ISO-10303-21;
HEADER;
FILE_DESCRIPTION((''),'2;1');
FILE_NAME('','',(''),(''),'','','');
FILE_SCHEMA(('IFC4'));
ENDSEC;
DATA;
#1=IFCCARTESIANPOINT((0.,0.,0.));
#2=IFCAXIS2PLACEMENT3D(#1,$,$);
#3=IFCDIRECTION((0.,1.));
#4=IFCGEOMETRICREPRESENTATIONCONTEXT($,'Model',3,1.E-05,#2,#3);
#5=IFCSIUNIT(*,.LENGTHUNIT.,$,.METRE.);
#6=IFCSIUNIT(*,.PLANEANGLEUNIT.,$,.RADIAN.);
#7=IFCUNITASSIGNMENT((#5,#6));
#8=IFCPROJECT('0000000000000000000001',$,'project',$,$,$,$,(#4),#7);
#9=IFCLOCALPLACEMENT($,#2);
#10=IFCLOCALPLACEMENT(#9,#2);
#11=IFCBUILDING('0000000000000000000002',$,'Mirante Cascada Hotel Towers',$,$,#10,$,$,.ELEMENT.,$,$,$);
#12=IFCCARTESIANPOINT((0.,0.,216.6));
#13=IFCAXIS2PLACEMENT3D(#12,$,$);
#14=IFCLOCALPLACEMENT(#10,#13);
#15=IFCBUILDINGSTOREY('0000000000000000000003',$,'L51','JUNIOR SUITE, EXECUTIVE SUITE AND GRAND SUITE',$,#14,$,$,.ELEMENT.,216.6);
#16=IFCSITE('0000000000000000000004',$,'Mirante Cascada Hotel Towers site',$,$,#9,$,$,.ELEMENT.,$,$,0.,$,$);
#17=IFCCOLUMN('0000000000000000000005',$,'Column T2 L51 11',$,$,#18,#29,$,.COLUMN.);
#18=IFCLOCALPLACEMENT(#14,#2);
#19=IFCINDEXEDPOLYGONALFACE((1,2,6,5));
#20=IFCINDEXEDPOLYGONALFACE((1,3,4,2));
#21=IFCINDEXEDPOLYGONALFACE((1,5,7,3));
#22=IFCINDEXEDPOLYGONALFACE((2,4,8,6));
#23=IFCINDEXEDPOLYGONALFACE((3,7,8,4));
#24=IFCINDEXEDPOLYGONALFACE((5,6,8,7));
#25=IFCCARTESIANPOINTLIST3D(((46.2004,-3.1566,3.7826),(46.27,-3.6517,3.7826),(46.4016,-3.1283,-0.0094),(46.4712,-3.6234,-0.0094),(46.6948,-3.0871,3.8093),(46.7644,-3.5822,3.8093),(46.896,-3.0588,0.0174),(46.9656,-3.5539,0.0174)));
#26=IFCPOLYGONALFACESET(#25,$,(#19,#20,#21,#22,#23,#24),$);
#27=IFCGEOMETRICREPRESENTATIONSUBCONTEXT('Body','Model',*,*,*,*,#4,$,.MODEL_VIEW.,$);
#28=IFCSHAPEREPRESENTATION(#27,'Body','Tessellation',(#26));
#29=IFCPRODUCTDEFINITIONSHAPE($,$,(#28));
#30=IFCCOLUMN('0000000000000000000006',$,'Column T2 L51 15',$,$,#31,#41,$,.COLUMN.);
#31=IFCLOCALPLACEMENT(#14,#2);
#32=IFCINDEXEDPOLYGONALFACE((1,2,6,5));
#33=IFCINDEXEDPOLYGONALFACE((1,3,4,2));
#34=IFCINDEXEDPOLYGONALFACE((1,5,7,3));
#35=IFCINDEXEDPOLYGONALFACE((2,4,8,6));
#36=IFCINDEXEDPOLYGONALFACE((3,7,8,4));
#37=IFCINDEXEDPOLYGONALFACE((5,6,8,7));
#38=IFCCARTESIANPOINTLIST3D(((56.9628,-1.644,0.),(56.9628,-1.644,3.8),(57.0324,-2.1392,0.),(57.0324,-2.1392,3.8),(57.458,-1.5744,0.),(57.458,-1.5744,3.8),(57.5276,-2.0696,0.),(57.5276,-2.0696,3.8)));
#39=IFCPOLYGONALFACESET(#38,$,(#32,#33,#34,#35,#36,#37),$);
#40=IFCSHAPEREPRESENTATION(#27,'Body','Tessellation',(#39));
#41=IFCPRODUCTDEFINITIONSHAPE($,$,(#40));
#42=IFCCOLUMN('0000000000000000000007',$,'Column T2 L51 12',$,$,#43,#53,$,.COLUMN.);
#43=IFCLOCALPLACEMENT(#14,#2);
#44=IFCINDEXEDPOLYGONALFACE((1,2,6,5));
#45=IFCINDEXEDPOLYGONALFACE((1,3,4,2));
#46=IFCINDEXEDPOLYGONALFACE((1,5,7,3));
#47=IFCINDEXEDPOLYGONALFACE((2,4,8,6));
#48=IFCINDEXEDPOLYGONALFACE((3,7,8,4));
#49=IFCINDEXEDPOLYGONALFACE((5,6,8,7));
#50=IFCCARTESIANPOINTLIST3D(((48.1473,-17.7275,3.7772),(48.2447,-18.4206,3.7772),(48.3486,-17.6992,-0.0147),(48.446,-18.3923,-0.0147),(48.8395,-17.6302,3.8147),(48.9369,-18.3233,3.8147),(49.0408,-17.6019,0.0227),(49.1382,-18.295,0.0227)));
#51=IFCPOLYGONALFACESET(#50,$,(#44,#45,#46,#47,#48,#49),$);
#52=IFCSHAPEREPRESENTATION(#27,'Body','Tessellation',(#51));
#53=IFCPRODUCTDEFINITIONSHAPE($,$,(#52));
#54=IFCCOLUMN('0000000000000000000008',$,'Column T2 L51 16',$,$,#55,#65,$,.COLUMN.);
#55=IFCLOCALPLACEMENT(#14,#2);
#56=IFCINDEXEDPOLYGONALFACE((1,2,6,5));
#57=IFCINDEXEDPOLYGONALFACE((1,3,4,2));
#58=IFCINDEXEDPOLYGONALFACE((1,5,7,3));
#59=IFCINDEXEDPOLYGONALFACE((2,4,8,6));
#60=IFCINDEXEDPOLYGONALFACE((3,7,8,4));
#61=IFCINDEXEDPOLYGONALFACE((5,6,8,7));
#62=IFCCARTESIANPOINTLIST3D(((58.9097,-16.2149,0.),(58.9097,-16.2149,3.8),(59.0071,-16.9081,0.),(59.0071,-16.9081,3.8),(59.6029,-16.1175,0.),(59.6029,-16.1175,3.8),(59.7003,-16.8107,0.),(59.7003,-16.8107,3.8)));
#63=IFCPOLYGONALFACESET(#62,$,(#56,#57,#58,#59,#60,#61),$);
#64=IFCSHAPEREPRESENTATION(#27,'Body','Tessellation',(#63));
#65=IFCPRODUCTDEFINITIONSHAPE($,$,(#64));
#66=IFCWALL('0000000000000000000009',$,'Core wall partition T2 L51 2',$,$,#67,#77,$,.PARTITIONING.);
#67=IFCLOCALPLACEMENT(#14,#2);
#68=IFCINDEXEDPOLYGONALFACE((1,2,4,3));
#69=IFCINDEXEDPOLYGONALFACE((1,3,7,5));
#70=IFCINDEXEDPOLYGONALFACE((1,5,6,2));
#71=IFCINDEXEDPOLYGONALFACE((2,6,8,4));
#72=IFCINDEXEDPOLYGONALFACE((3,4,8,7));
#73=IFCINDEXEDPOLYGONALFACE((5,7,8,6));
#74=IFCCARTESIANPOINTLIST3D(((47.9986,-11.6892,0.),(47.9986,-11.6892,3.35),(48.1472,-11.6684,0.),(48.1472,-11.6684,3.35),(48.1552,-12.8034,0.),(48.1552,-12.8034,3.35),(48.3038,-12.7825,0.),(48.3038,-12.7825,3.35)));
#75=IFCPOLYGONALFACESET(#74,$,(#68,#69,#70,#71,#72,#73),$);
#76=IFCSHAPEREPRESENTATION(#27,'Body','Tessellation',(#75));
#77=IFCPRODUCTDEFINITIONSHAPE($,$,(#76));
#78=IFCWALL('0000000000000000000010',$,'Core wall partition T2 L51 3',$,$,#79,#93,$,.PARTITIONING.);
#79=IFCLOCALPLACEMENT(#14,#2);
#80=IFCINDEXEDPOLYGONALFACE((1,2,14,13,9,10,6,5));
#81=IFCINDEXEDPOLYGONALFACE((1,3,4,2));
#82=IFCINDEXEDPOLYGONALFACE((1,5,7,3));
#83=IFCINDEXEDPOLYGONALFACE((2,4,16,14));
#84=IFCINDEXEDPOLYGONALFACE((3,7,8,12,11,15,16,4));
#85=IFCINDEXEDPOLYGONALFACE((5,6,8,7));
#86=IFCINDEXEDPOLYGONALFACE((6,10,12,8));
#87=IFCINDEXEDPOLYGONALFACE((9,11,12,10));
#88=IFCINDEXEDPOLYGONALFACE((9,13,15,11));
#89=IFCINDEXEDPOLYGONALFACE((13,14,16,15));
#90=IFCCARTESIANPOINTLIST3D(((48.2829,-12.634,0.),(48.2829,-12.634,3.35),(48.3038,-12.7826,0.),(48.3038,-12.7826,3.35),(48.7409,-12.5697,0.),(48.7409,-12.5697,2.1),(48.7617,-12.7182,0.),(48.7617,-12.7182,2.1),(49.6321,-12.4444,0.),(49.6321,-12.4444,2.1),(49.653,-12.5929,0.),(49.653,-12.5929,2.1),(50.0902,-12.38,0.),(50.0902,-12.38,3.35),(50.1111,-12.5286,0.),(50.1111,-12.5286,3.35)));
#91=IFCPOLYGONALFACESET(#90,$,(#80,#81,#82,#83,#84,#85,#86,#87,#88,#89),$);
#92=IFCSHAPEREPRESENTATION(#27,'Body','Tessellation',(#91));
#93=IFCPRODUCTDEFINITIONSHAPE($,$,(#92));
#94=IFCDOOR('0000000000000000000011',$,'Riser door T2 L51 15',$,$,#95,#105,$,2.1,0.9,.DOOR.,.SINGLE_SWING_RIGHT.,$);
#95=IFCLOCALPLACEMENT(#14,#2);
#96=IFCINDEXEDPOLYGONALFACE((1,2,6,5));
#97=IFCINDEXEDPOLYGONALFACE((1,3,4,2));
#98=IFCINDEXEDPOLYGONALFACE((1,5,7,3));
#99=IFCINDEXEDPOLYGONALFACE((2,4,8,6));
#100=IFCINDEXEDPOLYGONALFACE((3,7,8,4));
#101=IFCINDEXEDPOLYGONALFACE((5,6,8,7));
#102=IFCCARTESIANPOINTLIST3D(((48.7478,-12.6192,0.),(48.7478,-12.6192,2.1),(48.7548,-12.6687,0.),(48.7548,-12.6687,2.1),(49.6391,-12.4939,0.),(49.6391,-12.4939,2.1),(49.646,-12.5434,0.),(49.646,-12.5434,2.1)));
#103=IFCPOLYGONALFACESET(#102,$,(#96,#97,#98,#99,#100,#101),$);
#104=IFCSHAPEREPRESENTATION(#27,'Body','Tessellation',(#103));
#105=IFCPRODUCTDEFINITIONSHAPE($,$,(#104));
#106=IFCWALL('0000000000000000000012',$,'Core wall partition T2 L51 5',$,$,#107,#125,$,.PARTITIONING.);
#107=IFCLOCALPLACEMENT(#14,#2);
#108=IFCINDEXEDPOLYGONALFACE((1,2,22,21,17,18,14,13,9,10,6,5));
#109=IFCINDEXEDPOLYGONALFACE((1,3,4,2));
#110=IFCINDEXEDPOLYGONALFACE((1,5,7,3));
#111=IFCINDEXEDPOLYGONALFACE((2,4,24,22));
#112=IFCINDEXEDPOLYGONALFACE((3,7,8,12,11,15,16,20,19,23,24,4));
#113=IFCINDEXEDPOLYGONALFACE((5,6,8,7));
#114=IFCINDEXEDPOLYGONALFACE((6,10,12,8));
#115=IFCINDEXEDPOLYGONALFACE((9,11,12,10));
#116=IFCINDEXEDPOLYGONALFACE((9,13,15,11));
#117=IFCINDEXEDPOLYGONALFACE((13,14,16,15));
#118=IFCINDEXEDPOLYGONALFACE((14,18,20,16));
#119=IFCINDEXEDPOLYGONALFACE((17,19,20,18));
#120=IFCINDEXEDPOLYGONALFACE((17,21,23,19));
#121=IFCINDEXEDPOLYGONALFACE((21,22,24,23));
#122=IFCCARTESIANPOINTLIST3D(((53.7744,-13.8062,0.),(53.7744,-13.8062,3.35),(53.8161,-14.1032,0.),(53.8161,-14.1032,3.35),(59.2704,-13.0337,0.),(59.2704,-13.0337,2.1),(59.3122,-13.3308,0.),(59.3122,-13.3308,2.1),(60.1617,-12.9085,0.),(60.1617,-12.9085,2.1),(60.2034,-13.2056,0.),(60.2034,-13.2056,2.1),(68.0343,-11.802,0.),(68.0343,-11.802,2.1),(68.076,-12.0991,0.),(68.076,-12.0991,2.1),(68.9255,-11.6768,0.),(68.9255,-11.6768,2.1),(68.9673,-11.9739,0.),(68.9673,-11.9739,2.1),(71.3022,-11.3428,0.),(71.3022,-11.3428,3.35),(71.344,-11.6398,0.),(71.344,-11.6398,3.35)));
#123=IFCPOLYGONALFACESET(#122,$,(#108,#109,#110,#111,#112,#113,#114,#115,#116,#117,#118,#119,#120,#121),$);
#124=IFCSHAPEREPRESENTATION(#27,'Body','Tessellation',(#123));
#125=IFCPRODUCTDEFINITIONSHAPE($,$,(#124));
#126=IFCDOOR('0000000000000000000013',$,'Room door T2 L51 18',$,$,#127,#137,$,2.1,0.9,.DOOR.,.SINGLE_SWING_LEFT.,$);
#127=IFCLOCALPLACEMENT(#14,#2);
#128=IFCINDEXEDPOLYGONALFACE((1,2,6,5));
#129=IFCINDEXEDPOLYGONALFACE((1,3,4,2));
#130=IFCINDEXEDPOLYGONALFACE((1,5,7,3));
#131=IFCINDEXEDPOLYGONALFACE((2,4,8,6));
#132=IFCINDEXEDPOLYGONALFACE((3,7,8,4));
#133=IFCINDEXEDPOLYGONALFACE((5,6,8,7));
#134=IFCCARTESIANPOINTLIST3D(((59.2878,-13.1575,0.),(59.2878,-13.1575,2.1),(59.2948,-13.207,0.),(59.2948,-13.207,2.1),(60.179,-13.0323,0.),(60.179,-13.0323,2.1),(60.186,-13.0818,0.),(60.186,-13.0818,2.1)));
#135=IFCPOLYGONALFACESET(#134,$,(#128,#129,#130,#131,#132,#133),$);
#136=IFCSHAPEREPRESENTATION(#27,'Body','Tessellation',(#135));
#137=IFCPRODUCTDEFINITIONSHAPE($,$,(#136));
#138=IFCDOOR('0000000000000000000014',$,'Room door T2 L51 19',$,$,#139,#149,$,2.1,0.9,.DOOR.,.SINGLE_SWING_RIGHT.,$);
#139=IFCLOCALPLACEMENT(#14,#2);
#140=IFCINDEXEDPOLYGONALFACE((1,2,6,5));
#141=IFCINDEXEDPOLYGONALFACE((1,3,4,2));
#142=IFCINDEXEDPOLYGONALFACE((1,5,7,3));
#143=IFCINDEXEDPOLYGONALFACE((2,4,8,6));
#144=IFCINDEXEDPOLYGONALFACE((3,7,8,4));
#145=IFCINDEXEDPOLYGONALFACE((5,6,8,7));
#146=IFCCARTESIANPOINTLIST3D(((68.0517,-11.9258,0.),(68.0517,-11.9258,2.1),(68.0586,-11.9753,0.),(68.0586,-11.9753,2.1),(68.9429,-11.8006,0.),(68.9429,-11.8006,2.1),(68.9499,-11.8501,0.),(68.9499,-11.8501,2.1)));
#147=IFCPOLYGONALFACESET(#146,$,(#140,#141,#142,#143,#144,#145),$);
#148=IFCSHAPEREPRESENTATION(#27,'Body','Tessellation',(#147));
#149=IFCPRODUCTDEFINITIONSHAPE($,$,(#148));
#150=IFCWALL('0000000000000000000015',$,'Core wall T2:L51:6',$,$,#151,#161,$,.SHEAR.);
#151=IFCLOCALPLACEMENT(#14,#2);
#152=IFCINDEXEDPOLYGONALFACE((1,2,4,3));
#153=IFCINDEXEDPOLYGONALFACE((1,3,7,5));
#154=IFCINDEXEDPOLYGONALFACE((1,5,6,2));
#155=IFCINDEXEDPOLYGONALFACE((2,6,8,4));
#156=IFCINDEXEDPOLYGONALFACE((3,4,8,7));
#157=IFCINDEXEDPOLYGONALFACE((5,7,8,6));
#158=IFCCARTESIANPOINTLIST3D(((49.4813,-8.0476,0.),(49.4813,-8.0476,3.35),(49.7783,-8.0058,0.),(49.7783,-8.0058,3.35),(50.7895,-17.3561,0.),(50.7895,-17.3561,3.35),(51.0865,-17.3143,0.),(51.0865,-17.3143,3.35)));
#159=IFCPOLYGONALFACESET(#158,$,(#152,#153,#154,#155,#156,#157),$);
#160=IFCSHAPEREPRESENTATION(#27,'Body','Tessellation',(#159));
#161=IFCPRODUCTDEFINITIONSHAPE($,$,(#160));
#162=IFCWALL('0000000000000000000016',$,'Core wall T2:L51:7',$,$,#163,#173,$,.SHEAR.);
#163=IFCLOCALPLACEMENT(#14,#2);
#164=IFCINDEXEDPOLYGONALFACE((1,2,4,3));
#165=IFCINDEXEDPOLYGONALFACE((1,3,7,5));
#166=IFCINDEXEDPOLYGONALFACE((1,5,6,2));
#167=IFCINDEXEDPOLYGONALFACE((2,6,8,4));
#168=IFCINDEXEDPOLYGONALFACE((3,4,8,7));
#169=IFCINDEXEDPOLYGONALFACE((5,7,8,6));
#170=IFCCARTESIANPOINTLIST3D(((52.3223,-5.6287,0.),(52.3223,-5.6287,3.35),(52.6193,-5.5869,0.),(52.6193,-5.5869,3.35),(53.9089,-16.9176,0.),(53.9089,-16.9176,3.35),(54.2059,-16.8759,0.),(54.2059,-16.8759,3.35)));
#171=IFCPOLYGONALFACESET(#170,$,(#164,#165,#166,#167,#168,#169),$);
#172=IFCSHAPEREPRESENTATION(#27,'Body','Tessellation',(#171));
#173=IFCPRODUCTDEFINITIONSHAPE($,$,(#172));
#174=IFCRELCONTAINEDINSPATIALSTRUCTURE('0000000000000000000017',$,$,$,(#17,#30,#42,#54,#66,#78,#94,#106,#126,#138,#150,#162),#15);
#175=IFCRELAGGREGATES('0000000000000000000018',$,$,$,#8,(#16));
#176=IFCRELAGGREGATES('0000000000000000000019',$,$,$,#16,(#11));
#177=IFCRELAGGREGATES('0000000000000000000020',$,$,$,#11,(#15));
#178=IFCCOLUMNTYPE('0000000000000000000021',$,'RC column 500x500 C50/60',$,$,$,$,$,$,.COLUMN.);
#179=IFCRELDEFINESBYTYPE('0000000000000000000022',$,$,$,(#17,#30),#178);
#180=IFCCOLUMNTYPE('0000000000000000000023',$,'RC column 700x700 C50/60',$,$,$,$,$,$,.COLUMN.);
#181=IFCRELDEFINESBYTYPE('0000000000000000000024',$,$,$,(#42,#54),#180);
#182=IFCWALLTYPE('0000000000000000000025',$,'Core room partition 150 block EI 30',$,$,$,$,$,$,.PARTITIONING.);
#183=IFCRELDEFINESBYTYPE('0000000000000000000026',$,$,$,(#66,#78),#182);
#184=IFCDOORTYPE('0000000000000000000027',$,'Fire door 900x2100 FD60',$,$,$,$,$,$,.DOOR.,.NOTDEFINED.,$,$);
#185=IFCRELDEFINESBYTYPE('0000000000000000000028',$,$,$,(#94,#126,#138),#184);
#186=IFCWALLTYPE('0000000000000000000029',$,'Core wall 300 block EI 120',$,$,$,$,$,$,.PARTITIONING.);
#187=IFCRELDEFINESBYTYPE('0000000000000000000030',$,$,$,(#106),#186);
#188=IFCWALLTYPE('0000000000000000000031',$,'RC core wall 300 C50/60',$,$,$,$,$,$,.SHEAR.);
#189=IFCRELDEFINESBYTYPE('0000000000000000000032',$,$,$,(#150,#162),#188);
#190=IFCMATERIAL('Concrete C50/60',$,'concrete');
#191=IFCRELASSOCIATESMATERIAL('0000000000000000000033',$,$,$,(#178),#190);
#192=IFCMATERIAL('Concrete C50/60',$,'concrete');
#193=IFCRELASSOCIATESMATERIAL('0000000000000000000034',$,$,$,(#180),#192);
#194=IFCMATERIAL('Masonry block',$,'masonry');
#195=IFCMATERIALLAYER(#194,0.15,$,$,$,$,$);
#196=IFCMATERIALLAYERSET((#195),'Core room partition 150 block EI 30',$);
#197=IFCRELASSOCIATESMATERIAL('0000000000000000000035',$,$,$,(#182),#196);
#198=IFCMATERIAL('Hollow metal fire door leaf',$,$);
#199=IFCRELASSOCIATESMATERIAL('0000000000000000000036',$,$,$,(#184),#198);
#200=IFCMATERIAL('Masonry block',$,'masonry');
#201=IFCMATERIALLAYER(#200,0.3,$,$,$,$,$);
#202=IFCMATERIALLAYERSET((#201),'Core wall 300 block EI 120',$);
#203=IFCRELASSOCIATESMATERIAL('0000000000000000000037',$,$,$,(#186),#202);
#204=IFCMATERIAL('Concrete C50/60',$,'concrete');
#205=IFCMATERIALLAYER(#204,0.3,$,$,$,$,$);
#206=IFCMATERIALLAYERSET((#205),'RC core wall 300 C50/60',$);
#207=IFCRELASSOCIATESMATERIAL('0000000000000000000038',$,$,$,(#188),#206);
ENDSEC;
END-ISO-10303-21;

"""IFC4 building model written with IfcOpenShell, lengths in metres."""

from ifc_helpers import new_model, si_unit, direction, frame, frame_2d, origin, origin_2d, place, context, subcontext, project, spatial, rectangle, extrude, material, layer, layer_set, material_profile, profile_set, type_object, element, fill, save


model = new_model("IFC4")

# Units and contexts
model_context = context("Model", 3, precision=1e-05, world=origin(), true_north=direction((0.0, 1.0)))
body_context = subcontext(model_context, "Body", "Model", "MODEL_VIEW")
ifc_project = project(units=[si_unit("LENGTHUNIT", "METRE"), si_unit("PLANEANGLEUNIT", "RADIAN")], contexts=[model_context])

# Site, building, storey
site_placement = place(None, origin())
site = spatial("IfcSite", under=ifc_project, at=site_placement, Name="Mirante Cascada Hotel Towers site", CompositionType="ELEMENT", RefElevation=0.0)
building_placement = place(site_placement, origin())
building = spatial("IfcBuilding", under=site, at=building_placement, Name="Mirante Cascada Hotel Towers", CompositionType="ELEMENT")
storey_placement = place(building_placement, frame((0.0, 0.0, 216.6)))
storey = spatial("IfcBuildingStorey", under=building, at=storey_placement, Name="L51", Description="JUNIOR SUITE, EXECUTIVE SUITE AND GRAND SUITE", CompositionType="ELEMENT", Elevation=216.6)

# Columns
ifc_material_1 = material(Name="Concrete C50/60", Category="concrete")
ifc_material_profile_1 = material_profile(ifc_material_1, rectangle(XDim=0.5, YDim=0.5, at=origin_2d()), Name="RC column 500x500 C50/60")
ifc_profile_set_1 = profile_set([ifc_material_profile_1], Name="Concrete C50/60")
column_type_1 = type_object("IfcColumnType", Name="RC column 500x500 C50/60", PredefinedType="COLUMN", material=ifc_profile_set_1)
column_1_placement = place(storey_placement, frame((46.6836, -3.3411, 0.004), z_axis=(-0.052983, -0.007452, 0.998568), x_axis=(0.139285, -0.990252, 0.0)))
element("IfcColumn", 1, at=column_1_placement, inside=storey, type_object=column_type_1, Name="Column T2 L51 11", PredefinedType="COLUMN", context=body_context, shape_type="SweptSolid", body=[
    extrude(rectangle(XDim=0.5, YDim=0.5, at=origin_2d()), origin(), (0.0, 0.0, 1.0), 3.7974),
])
column_2_placement = place(storey_placement, frame((57.2452, -1.8568, 0.0), z_axis=(0.0, 0.0, 1.0), x_axis=(0.990268, 0.139173, 0.0)))
element("IfcColumn", 2, at=column_2_placement, inside=storey, type_object=column_type_1, Name="Column T2 L51 15", PredefinedType="COLUMN", context=body_context, shape_type="SweptSolid", body=[
    extrude(rectangle(XDim=0.5, YDim=0.5, at=origin_2d()), origin(), (0.0, 0.0, 1.0), 3.8),
])
ifc_material_2 = material(Name="Concrete C50/60", Category="concrete")
ifc_material_profile_2 = material_profile(ifc_material_2, rectangle(XDim=0.7, YDim=0.7, at=origin_2d()), Name="RC column 700x700 C50/60")
ifc_profile_set_2 = profile_set([ifc_material_profile_2], Name="Concrete C50/60")
column_type_2 = type_object("IfcColumnType", Name="RC column 700x700 C50/60", PredefinedType="COLUMN", material=ifc_profile_set_2)
column_3_placement = place(storey_placement, frame((48.7434, -17.9971, 0.004), z_axis=(-0.053009, -0.007452, 0.998566), x_axis=(0.139217, -0.990262, 0.0)))
element("IfcColumn", 3, at=column_3_placement, inside=storey, type_object=column_type_2, Name="Column T2 L51 12", PredefinedType="COLUMN", context=body_context, shape_type="SweptSolid", body=[
    extrude(rectangle(XDim=0.7, YDim=0.7, at=origin_2d()), origin(), (0.0, 0.0, 1.0), 3.7974),
])
column_4_placement = place(storey_placement, frame((59.305, -16.5128, 0.0), z_axis=(0.0, 0.0, 1.0), x_axis=(0.990268, 0.139173, 0.0)))
element("IfcColumn", 4, at=column_4_placement, inside=storey, type_object=column_type_2, Name="Column T2 L51 16", PredefinedType="COLUMN", context=body_context, shape_type="SweptSolid", body=[
    extrude(rectangle(XDim=0.7, YDim=0.7, at=origin_2d()), origin(), (0.0, 0.0, 1.0), 3.8),
])

# Wall
ifc_material_3 = material(Name="Masonry block", Category="masonry")
ifc_layer_1 = layer(ifc_material_3, 0.15)
ifc_layer_set_1 = layer_set([ifc_layer_1], Name="Core room partition 150 block EI 30")
wall_type_1 = type_object("IfcWallType", Name="Core room partition 150 block EI 30", PredefinedType="PARTITIONING", material=ifc_layer_set_1)
wall_1_placement = place(storey_placement, frame((48.2295, -12.793, 0.0), z_axis=(0.0, 0.0, 1.0), x_axis=(-0.139193, 0.990265, 0.0)))
element("IfcWall", 5, at=wall_1_placement, inside=storey, type_object=wall_type_1, Name="Core wall partition T2 L51 2", PredefinedType="PARTITIONING", context=body_context, shape_type="SweptSolid", body=[
    extrude(rectangle(XDim=1.1251, YDim=0.15, at=frame_2d((0.5626, 0.0))), origin(), (0.0, 0.0, 1.0), 3.35),
])

# Wall, opening, door
wall_2_placement = place(storey_placement, frame((48.2933, -12.7083, 0.0), z_axis=(0.0, 0.0, 1.0), x_axis=(0.990268, 0.139173, 0.0)))
wall_2 = element("IfcWall", 6, at=wall_2_placement, inside=storey, type_object=wall_type_1, Name="Core wall partition T2 L51 3", PredefinedType="PARTITIONING", context=body_context, shape_type="SweptSolid", body=[
    extrude(rectangle(XDim=1.8251, YDim=0.15, at=frame_2d((0.9126, 0.0))), origin(), (0.0, 0.0, 1.0), 3.35),
])
opening_1_placement = place(wall_2_placement, frame((0.4625, 0.0, 0.0)))
opening_1 = element("IfcOpeningElement", 7, at=opening_1_placement, cuts=wall_2, PredefinedType="OPENING", context=body_context, shape_type="SweptSolid", body=[
    extrude(rectangle(XDim=0.9, YDim=2.1, at=frame_2d((0.45, 1.05))), frame((0.0, 0.075, 0.0), z_axis=(0.0, -1.0, 0.0), x_axis=(1.0, 0.0, 0.0)), (0.0, 0.0, 1.0), 0.15),
])
ifc_material_4 = material(Name="Hollow metal fire door leaf")
door_type_1 = type_object("IfcDoorType", Name="Fire door 900x2100 FD60", OperationType="NOTDEFINED", PredefinedType="DOOR", material=ifc_material_4)
door_1_placement = place(opening_1_placement, frame((0.9, 0.0, 0.0), z_axis=(0.0, 0.0, 1.0), x_axis=(-1.0, 0.0, 0.0)))
door_1 = element("IfcDoor", 8, at=door_1_placement, inside=storey, type_object=door_type_1, Name="Riser door T2 L51 15", OperationType="SINGLE_SWING_RIGHT", OverallHeight=2.1, OverallWidth=0.9, PredefinedType="DOOR", context=body_context, shape_type="SweptSolid", body=[
    extrude(rectangle(XDim=0.9, YDim=2.1, at=frame_2d((0.45, 1.05))), frame((0.0, 0.025, 0.0), z_axis=(0.0, -1.0, 0.0), x_axis=(1.0, 0.0, 0.0)), (0.0, 0.0, 1.0), 0.05),
])
fill(opening_1, door_1)

# Wall, openings, doors
ifc_material_5 = material(Name="Masonry block", Category="masonry")
ifc_layer_2 = layer(ifc_material_5, 0.3)
ifc_layer_set_2 = layer_set([ifc_layer_2], Name="Core wall 300 block EI 120")
wall_type_2 = type_object("IfcWallType", Name="Core wall 300 block EI 120", PredefinedType="PARTITIONING", material=ifc_layer_set_2)
wall_3_placement = place(storey_placement, frame((53.7953, -13.9547, 0.0), z_axis=(0.0, 0.0, 1.0), x_axis=(0.990268, 0.139175, 0.0)))
wall_3 = element("IfcWall", 9, at=wall_3_placement, inside=storey, type_object=wall_type_2, Name="Core wall partition T2 L51 5", PredefinedType="PARTITIONING", context=body_context, shape_type="SweptSolid", body=[
    extrude(rectangle(XDim=17.7001, YDim=0.3, at=frame_2d((8.85, 0.0))), origin(), (0.0, 0.0, 1.0), 3.35),
])
opening_2_placement = place(wall_3_placement, frame((5.55, 0.0, 0.0)))
opening_2 = element("IfcOpeningElement", 10, at=opening_2_placement, cuts=wall_3, PredefinedType="OPENING", context=body_context, shape_type="SweptSolid", body=[
    extrude(rectangle(XDim=0.9, YDim=2.1, at=frame_2d((0.45, 1.05))), frame((0.0, 0.15, 0.0), z_axis=(0.0, -1.0, 0.0), x_axis=(1.0, 0.0, 0.0)), (0.0, 0.0, 1.0), 0.3),
])
opening_3_placement = place(wall_3_placement, frame((14.4, 0.0, 0.0)))
opening_3 = element("IfcOpeningElement", 11, at=opening_3_placement, cuts=wall_3, PredefinedType="OPENING", context=body_context, shape_type="SweptSolid", body=[
    extrude(rectangle(XDim=0.9, YDim=2.1, at=frame_2d((0.45, 1.05))), frame((0.0, 0.15, 0.0), z_axis=(0.0, -1.0, 0.0), x_axis=(1.0, 0.0, 0.0)), (0.0, 0.0, 1.0), 0.3),
])
door_2_placement = place(opening_2_placement, frame((0.9, 0.0, 0.0), z_axis=(0.0, 0.0, 1.0), x_axis=(-1.0, 0.0, 0.0)))
door_2 = element("IfcDoor", 12, at=door_2_placement, inside=storey, type_object=door_type_1, Name="Room door T2 L51 18", OperationType="SINGLE_SWING_LEFT", OverallHeight=2.1, OverallWidth=0.9, PredefinedType="DOOR", context=body_context, shape_type="SweptSolid", body=[
    extrude(rectangle(XDim=0.9, YDim=2.1, at=frame_2d((0.45, 1.05))), frame((0.0, 0.025, 0.0), z_axis=(0.0, -1.0, 0.0), x_axis=(1.0, 0.0, 0.0)), (0.0, 0.0, 1.0), 0.05),
])
fill(opening_2, door_2)
door_3_placement = place(opening_3_placement, frame((0.9, 0.0, 0.0), z_axis=(0.0, 0.0, 1.0), x_axis=(-1.0, 0.0, 0.0)))
door_3 = element("IfcDoor", 13, at=door_3_placement, inside=storey, type_object=door_type_1, Name="Room door T2 L51 19", OperationType="SINGLE_SWING_RIGHT", OverallHeight=2.1, OverallWidth=0.9, PredefinedType="DOOR", context=body_context, shape_type="SweptSolid", body=[
    extrude(rectangle(XDim=0.9, YDim=2.1, at=frame_2d((0.45, 1.05))), frame((0.0, 0.025, 0.0), z_axis=(0.0, -1.0, 0.0), x_axis=(1.0, 0.0, 0.0)), (0.0, 0.0, 1.0), 0.05),
])
fill(opening_3, door_3)

# Walls
ifc_material_6 = material(Name="Concrete C50/60", Category="concrete")
ifc_layer_3 = layer(ifc_material_6, 0.3)
ifc_layer_set_3 = layer_set([ifc_layer_3], Name="RC core wall 300 C50/60")
wall_type_3 = type_object("IfcWallType", Name="RC core wall 300 C50/60", PredefinedType="SHEAR", material=ifc_layer_set_3)
wall_4_placement = place(storey_placement, frame((50.938, -17.3352, 0.0), z_axis=(0.0, 0.0, 1.0), x_axis=(-0.139171, 0.990268, 0.0)))
element("IfcWall", 14, at=wall_4_placement, inside=storey, type_object=wall_type_3, Name="Core wall T2:L51:6", PredefinedType="SHEAR", context=body_context, shape_type="SweptSolid", body=[
    extrude(rectangle(XDim=9.4, YDim=0.3, at=frame_2d((4.7, 0.0))), origin(), (0.0, 0.0, 1.0), 3.35),
])
wall_5_placement = place(storey_placement, frame((54.0574, -16.8968, 0.0), z_axis=(0.0, 0.0, 1.0), x_axis=(-0.139176, 0.990268, 0.0)))
element("IfcWall", 15, at=wall_5_placement, inside=storey, type_object=wall_type_3, Name="Core wall T2:L51:7", PredefinedType="SHEAR", context=body_context, shape_type="SweptSolid", body=[
    extrude(rectangle(XDim=11.3999, YDim=0.3, at=frame_2d((5.7, 0.0))), origin(), (0.0, 0.0, 1.0), 3.35),
])

save(model, "model.ifc")
